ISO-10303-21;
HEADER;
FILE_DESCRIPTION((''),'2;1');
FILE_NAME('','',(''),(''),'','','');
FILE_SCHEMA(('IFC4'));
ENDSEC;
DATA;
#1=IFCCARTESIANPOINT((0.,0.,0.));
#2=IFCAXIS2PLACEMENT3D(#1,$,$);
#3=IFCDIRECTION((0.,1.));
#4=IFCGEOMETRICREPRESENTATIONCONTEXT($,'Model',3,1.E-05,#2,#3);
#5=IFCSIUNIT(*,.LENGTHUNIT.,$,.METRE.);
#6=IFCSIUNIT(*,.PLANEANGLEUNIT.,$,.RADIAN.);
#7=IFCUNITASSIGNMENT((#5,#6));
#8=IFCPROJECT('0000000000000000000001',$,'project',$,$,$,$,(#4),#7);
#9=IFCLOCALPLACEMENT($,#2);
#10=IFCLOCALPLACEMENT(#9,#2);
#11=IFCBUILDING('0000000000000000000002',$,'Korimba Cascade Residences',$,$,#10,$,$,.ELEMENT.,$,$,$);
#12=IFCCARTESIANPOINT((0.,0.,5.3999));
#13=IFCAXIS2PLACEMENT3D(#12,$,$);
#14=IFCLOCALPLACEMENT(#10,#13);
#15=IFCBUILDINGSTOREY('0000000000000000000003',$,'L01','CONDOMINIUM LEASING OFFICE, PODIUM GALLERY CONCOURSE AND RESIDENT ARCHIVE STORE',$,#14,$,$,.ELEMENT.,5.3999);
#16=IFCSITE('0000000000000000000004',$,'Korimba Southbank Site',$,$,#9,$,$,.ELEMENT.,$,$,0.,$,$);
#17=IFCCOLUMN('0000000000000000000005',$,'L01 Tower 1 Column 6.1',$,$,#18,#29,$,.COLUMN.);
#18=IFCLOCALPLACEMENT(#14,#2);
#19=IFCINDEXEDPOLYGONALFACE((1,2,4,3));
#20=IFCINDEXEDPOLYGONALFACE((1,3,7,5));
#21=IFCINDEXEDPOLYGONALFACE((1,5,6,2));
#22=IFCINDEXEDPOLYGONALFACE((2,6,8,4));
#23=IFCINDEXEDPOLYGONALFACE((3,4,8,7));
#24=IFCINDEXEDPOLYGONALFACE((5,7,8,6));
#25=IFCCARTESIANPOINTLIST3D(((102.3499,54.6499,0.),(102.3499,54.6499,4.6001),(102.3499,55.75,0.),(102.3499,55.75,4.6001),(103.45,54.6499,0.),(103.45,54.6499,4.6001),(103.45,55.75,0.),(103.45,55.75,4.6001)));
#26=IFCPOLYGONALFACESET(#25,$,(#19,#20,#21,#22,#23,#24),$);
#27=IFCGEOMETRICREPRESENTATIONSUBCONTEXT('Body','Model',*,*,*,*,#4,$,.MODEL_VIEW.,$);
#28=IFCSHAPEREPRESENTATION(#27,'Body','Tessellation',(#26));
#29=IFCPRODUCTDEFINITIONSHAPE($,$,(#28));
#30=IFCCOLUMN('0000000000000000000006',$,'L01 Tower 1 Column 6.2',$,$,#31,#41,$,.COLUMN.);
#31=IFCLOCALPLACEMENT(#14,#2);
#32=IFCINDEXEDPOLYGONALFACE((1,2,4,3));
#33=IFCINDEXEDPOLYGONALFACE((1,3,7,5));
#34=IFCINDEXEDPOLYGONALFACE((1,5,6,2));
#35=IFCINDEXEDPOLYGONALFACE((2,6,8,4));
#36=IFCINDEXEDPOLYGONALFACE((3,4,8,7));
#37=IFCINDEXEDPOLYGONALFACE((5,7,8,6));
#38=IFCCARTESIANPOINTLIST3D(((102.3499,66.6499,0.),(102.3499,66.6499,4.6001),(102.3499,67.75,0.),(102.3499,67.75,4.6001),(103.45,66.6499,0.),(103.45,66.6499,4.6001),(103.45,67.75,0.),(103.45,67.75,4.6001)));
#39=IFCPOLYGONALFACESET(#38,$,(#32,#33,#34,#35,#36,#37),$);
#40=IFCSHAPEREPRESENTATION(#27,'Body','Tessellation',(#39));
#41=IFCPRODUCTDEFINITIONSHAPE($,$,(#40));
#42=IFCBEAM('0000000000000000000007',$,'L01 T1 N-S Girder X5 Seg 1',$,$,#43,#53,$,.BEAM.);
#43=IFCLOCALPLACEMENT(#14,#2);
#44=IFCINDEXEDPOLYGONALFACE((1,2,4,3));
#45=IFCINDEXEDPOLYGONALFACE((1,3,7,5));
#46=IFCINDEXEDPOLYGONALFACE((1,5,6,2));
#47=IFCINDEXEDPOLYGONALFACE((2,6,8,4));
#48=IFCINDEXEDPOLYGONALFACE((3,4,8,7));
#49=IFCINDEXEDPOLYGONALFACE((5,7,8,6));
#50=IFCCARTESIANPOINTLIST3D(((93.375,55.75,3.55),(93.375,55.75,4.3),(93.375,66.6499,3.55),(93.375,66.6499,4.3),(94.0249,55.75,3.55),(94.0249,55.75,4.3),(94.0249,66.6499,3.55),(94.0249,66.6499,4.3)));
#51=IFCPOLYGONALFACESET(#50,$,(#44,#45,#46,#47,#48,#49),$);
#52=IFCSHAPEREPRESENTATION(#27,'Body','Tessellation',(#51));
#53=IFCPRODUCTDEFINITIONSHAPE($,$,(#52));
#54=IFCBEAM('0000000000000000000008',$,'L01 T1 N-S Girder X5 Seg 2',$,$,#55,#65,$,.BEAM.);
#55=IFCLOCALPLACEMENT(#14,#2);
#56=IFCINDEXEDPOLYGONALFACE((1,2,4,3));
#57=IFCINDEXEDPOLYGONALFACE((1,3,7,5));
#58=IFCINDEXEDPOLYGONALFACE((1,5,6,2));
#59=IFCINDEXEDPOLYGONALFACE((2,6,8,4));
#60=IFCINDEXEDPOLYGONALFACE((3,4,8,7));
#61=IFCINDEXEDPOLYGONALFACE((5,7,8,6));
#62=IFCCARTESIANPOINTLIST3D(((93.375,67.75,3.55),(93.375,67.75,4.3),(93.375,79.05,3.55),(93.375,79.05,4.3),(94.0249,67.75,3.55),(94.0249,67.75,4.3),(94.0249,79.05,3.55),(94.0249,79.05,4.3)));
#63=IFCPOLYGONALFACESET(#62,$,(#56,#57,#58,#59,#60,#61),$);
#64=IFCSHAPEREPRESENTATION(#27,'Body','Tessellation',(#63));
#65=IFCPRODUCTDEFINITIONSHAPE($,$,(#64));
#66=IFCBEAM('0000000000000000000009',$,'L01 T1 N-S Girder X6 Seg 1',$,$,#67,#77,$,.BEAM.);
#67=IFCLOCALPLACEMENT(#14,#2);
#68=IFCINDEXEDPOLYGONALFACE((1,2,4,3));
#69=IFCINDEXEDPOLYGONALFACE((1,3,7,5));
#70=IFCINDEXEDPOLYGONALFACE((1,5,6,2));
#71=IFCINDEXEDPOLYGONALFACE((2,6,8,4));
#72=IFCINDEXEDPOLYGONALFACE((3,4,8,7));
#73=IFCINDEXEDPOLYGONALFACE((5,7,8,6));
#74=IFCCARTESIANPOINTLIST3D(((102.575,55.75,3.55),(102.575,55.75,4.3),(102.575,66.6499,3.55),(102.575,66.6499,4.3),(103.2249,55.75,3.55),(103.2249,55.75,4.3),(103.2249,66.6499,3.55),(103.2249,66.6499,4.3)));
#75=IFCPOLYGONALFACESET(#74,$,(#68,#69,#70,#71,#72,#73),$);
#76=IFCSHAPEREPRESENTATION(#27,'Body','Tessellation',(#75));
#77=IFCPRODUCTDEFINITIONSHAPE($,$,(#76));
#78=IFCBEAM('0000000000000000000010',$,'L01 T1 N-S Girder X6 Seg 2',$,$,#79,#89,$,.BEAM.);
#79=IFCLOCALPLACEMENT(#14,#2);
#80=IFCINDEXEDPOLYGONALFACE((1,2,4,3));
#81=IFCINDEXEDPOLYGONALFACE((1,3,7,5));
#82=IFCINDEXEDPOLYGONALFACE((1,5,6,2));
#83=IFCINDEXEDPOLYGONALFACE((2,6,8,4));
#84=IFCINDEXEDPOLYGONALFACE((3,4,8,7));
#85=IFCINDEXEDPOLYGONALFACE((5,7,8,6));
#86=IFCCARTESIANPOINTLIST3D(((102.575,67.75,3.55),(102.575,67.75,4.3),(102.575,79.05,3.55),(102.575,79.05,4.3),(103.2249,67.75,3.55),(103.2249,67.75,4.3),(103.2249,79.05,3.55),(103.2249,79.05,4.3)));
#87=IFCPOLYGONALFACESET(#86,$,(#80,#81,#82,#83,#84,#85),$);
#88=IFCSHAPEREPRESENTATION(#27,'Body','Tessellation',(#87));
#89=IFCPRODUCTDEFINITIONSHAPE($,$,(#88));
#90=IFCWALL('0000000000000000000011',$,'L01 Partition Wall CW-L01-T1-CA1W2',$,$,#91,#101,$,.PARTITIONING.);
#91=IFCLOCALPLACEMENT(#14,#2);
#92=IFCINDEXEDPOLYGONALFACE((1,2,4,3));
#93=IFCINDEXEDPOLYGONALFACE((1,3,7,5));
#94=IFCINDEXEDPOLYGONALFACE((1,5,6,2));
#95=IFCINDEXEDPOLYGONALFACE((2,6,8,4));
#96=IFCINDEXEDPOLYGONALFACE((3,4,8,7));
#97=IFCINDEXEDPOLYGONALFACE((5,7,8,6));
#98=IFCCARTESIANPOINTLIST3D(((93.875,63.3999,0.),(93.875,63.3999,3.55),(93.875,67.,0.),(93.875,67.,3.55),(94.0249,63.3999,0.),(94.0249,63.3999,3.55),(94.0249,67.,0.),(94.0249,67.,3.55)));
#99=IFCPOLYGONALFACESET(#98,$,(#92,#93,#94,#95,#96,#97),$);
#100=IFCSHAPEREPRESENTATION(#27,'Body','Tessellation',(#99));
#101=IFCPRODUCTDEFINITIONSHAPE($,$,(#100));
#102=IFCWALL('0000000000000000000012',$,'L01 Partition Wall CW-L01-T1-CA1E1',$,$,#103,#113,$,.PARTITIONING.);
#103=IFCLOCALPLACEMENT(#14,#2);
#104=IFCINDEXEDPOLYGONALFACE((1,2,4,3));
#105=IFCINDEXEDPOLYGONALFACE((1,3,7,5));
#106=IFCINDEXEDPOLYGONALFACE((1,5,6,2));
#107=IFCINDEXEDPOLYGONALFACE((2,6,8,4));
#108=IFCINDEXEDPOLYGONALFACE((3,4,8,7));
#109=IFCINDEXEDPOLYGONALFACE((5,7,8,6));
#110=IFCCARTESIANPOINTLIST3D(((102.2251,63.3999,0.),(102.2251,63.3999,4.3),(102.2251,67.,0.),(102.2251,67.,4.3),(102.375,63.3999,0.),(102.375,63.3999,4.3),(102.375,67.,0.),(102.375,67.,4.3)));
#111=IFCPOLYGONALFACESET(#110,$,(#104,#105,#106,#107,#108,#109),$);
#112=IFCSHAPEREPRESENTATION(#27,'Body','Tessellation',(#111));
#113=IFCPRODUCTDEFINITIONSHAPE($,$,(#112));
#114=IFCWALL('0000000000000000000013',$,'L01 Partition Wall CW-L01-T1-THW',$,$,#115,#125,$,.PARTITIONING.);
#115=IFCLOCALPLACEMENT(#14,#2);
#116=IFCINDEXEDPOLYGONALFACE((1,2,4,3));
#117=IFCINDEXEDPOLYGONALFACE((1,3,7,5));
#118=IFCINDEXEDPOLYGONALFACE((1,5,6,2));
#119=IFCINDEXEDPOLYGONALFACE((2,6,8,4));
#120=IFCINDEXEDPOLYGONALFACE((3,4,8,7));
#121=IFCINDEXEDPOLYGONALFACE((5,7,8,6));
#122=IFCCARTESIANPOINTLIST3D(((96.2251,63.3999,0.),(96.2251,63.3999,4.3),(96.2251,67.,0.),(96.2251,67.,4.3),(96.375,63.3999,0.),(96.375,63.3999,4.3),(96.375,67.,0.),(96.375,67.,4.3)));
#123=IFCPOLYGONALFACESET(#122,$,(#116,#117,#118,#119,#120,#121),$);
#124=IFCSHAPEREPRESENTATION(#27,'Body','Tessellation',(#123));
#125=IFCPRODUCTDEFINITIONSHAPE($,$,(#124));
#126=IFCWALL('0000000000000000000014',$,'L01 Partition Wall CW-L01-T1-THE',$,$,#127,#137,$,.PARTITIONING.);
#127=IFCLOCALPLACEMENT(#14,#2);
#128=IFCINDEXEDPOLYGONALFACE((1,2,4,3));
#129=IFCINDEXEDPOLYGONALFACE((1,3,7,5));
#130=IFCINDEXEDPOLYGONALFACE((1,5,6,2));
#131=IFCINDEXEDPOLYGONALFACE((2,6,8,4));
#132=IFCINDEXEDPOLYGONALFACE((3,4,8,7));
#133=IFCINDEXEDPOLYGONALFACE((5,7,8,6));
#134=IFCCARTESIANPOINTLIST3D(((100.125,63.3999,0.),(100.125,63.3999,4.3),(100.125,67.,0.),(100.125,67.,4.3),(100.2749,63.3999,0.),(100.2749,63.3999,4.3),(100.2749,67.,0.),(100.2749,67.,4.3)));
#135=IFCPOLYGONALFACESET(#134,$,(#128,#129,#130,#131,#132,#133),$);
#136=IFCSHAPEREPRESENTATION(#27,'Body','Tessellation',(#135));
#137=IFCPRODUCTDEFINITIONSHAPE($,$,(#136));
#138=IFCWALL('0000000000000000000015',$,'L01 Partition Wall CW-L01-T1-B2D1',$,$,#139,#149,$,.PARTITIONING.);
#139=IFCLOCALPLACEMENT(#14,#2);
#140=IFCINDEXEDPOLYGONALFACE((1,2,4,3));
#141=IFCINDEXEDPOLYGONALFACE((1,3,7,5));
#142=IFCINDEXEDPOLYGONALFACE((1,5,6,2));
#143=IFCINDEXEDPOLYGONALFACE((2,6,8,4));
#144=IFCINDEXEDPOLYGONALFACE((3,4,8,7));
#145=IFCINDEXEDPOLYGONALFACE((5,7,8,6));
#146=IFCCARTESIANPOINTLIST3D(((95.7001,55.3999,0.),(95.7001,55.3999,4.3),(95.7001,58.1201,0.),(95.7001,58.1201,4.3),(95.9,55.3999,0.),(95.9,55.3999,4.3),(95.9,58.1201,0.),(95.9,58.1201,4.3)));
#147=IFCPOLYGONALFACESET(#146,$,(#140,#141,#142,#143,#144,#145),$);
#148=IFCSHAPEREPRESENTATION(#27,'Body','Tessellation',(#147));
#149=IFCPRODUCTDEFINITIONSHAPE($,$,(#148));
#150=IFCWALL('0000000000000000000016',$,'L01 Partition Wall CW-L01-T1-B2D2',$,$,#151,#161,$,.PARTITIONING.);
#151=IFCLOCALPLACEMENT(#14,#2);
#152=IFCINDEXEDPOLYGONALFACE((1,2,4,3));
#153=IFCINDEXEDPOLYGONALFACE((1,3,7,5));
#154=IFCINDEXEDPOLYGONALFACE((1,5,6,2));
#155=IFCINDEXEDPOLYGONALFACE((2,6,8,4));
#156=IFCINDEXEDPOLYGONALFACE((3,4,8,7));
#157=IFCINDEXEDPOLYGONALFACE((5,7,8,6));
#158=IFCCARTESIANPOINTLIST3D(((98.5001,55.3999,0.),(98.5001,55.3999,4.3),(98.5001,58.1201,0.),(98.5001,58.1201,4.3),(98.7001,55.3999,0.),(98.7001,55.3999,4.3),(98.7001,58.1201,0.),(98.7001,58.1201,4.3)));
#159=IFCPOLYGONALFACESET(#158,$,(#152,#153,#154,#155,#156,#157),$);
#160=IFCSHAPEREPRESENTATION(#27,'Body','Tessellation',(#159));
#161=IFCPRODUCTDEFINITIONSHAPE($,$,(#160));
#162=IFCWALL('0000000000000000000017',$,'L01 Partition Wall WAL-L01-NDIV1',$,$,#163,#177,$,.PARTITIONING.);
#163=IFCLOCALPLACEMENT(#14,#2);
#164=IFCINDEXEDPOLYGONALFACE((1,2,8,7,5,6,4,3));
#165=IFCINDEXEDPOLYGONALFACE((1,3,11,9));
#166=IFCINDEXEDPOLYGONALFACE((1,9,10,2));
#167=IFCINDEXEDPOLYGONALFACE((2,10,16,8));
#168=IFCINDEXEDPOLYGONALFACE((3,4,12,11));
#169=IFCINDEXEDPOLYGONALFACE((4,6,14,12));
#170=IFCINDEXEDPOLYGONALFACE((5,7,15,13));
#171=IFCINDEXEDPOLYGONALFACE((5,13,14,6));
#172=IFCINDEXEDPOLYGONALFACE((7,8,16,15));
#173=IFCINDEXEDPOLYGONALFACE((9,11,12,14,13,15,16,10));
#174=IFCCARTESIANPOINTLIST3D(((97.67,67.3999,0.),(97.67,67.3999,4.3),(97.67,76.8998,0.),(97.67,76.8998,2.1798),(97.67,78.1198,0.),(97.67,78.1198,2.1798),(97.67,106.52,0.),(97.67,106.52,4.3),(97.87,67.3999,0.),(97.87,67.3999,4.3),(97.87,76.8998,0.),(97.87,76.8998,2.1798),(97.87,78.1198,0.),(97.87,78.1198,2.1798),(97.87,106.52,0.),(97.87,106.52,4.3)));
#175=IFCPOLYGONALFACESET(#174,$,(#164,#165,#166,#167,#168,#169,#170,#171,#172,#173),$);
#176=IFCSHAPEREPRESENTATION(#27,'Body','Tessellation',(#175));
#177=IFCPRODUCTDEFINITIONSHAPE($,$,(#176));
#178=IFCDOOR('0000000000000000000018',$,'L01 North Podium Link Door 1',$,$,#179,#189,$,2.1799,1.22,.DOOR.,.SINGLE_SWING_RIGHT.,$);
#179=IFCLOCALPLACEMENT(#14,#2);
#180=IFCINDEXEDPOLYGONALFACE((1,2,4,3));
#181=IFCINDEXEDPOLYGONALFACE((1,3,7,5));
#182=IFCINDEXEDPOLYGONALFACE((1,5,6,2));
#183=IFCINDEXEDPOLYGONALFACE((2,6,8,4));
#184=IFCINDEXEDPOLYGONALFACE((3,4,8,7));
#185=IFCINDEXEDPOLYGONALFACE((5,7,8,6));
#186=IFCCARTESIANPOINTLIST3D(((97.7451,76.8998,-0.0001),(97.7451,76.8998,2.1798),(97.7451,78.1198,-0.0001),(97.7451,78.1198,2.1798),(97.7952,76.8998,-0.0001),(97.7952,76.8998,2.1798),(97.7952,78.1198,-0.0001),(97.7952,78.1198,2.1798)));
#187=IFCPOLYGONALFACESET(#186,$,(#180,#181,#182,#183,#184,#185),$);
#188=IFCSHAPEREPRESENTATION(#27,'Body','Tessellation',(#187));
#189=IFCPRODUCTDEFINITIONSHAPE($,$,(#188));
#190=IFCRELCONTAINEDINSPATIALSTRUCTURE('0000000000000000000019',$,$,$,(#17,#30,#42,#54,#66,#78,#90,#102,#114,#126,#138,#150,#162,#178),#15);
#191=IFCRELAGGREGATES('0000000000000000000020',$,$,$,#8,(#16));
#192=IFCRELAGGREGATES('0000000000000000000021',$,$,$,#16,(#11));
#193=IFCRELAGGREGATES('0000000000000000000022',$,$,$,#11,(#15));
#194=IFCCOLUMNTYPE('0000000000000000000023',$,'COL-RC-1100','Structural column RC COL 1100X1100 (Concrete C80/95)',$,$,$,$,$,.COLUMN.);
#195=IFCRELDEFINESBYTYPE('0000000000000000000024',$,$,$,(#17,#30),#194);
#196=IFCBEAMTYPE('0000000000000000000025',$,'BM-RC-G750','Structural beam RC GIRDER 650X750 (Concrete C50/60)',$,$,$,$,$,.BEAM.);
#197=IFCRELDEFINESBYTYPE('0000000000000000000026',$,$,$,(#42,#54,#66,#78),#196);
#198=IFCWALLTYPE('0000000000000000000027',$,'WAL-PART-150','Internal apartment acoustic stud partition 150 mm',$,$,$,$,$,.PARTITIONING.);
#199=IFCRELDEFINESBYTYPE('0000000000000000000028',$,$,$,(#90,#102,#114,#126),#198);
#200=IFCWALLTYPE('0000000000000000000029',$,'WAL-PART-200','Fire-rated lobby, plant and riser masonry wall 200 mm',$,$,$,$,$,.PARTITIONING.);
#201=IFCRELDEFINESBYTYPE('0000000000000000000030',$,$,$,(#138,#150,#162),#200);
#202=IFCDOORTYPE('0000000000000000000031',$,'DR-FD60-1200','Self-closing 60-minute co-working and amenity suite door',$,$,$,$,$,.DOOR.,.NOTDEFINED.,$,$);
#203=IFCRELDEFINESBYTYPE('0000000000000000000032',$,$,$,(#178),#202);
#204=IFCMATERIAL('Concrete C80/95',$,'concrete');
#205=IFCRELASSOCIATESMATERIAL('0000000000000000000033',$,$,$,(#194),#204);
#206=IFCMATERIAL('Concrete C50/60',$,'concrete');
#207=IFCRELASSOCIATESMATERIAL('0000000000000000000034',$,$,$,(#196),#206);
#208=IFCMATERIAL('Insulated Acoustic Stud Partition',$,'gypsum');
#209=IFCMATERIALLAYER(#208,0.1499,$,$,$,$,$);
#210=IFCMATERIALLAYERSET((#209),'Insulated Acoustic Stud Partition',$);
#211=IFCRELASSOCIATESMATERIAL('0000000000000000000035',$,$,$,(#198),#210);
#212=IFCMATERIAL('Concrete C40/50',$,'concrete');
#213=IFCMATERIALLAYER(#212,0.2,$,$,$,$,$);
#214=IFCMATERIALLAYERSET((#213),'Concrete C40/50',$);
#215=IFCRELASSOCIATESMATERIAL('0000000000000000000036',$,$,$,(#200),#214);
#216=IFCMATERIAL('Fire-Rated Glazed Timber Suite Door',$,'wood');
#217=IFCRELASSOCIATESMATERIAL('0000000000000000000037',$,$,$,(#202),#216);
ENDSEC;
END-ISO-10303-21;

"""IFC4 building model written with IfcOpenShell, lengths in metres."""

from ifc_helpers import new_model, si_unit, direction, frame, frame_2d, origin, origin_2d, place, context, subcontext, project, spatial, rectangle, extrude, material, layer, layer_set, material_profile, profile_set, type_object, element, fill, save


model = new_model("IFC4")

# Units and contexts
model_context = context("Model", 3, precision=1e-05, world=origin(), true_north=direction((0.0, 1.0)))
body_context = subcontext(model_context, "Body", "Model", "MODEL_VIEW")
ifc_project = project(units=[si_unit("LENGTHUNIT", "METRE"), si_unit("PLANEANGLEUNIT", "RADIAN")], contexts=[model_context])

# Site, building, storey
site_placement = place(None, origin())
site = spatial("IfcSite", under=ifc_project, at=site_placement, Name="Korimba Southbank Site", CompositionType="ELEMENT", RefElevation=0.0)
building_placement = place(site_placement, origin())
building = spatial("IfcBuilding", under=site, at=building_placement, Name="Korimba Cascade Residences", CompositionType="ELEMENT")
storey_placement = place(building_placement, frame((0.0, 0.0, 5.3999)))
storey = spatial("IfcBuildingStorey", under=building, at=storey_placement, Name="L01", Description="CONDOMINIUM LEASING OFFICE, PODIUM GALLERY CONCOURSE AND RESIDENT ARCHIVE STORE", CompositionType="ELEMENT", Elevation=5.3999)

# Columns
ifc_material_1 = material(Name="Concrete C80/95", Category="concrete")
ifc_material_profile_1 = material_profile(ifc_material_1, rectangle(XDim=1.1001, YDim=1.1001, at=origin_2d()), Name="Concrete C80/95")
ifc_profile_set_1 = profile_set([ifc_material_profile_1], Name="Concrete C80/95")
column_type = type_object("IfcColumnType", Name="COL-RC-1100", Description="Structural column RC COL 1100X1100 (Concrete C80/95)", PredefinedType="COLUMN", material=ifc_profile_set_1)
for number, where, z_axis, x_axis, name in (
    (1, (102.8999, 55.2, 0.0), (0.0, 0.0, 1.0), (1.0, 0.0, 0.0), "L01 Tower 1 Column 6.1"),
    (2, (102.8999, 67.2, 0.0), (0.0, 0.0, 1.0), (1.0, 0.0, 0.0), "L01 Tower 1 Column 6.2"),
):
    element("IfcColumn", number, at=place(storey_placement, frame(where, z_axis=z_axis, x_axis=x_axis)), inside=storey, type_object=column_type, Name=name, PredefinedType="COLUMN", context=body_context, shape_type="SweptSolid", body=[
        extrude(rectangle(XDim=1.1001, YDim=1.1001, at=origin_2d()), origin(), (0.0, 0.0, 1.0), 4.6001),
    ])

# Beams
ifc_material_2 = material(Name="Concrete C50/60", Category="concrete")
ifc_material_profile_2 = material_profile(ifc_material_2, rectangle(XDim=0.6499, YDim=0.75, at=origin_2d()), Name="Concrete C50/60")
ifc_profile_set_2 = profile_set([ifc_material_profile_2], Name="Concrete C50/60")
beam_type = type_object("IfcBeamType", Name="BM-RC-G750", Description="Structural beam RC GIRDER 650X750 (Concrete C50/60)", PredefinedType="BEAM", material=ifc_profile_set_2)
beam_1_placement = place(storey_placement, frame((93.7, 55.75, 3.925), z_axis=(0.0, 1.0, 0.0), x_axis=(-1.0, 0.0, 0.0)))
element("IfcBeam", 3, at=beam_1_placement, inside=storey, type_object=beam_type, Name="L01 T1 N-S Girder X5 Seg 1", PredefinedType="BEAM", context=body_context, shape_type="SweptSolid", body=[
    extrude(rectangle(XDim=0.6499, YDim=0.75, at=origin_2d()), origin(), (0.0, 0.0, 1.0), 10.8999),
])
beam_2_placement = place(storey_placement, frame((93.7, 67.75, 3.925), z_axis=(0.0, 1.0, 0.0), x_axis=(-1.0, 0.0, 0.0)))
element("IfcBeam", 4, at=beam_2_placement, inside=storey, type_object=beam_type, Name="L01 T1 N-S Girder X5 Seg 2", PredefinedType="BEAM", context=body_context, shape_type="SweptSolid", body=[
    extrude(rectangle(XDim=0.6499, YDim=0.75, at=origin_2d()), origin(), (0.0, 0.0, 1.0), 11.3),
])
beam_3_placement = place(storey_placement, frame((102.8999, 55.75, 3.925), z_axis=(0.0, 1.0, 0.0), x_axis=(-1.0, 0.0, 0.0)))
element("IfcBeam", 5, at=beam_3_placement, inside=storey, type_object=beam_type, Name="L01 T1 N-S Girder X6 Seg 1", PredefinedType="BEAM", context=body_context, shape_type="SweptSolid", body=[
    extrude(rectangle(XDim=0.6499, YDim=0.75, at=origin_2d()), origin(), (0.0, 0.0, 1.0), 10.8999),
])
beam_4_placement = place(storey_placement, frame((102.8999, 67.75, 3.925), z_axis=(0.0, 1.0, 0.0), x_axis=(-1.0, 0.0, 0.0)))
element("IfcBeam", 6, at=beam_4_placement, inside=storey, type_object=beam_type, Name="L01 T1 N-S Girder X6 Seg 2", PredefinedType="BEAM", context=body_context, shape_type="SweptSolid", body=[
    extrude(rectangle(XDim=0.6499, YDim=0.75, at=origin_2d()), origin(), (0.0, 0.0, 1.0), 11.3),
])

# Walls
ifc_material_3 = material(Name="Insulated Acoustic Stud Partition", Category="gypsum")
ifc_layer_1 = layer(ifc_material_3, 0.1499)
ifc_layer_set_1 = layer_set([ifc_layer_1], Name="Insulated Acoustic Stud Partition")
wall_type_1 = type_object("IfcWallType", Name="WAL-PART-150", Description="Internal apartment acoustic stud partition 150 mm", PredefinedType="PARTITIONING", material=ifc_layer_set_1)
wall_1_placement = place(storey_placement, frame((93.95, 63.3999, 0.0), z_axis=(0.0, 0.0, 1.0), x_axis=(0.0, 1.0, 0.0)))
element("IfcWall", 7, at=wall_1_placement, inside=storey, type_object=wall_type_1, Name="L01 Partition Wall CW-L01-T1-CA1W2", PredefinedType="PARTITIONING", context=body_context, shape_type="SweptSolid", body=[
    extrude(rectangle(XDim=3.6001, YDim=0.1499, at=frame_2d((1.8, 0.0))), origin(), (0.0, 0.0, 1.0), 3.55),
])
for number, where, z_axis, x_axis, name in (
    (8, (102.3, 63.3999, 0.0), (0.0, 0.0, 1.0), (0.0, 1.0, 0.0), "L01 Partition Wall CW-L01-T1-CA1E1"),
    (9, (96.3, 63.3999, 0.0), (0.0, 0.0, 1.0), (0.0, 1.0, 0.0), "L01 Partition Wall CW-L01-T1-THW"),
    (10, (100.2, 63.3999, 0.0), (0.0, 0.0, 1.0), (0.0, 1.0, 0.0), "L01 Partition Wall CW-L01-T1-THE"),
):
    element("IfcWall", number, at=place(storey_placement, frame(where, z_axis=z_axis, x_axis=x_axis)), inside=storey, type_object=wall_type_1, Name=name, PredefinedType="PARTITIONING", context=body_context, shape_type="SweptSolid", body=[
        extrude(rectangle(XDim=3.6001, YDim=0.1499, at=frame_2d((1.8, 0.0))), origin(), (0.0, 0.0, 1.0), 4.3),
    ])
ifc_material_4 = material(Name="Concrete C40/50", Category="concrete")
ifc_layer_2 = layer(ifc_material_4, 0.2)
ifc_layer_set_2 = layer_set([ifc_layer_2], Name="Concrete C40/50")
wall_type_2 = type_object("IfcWallType", Name="WAL-PART-200", Description="Fire-rated lobby, plant and riser masonry wall 200 mm", PredefinedType="PARTITIONING", material=ifc_layer_set_2)
for number, where, z_axis, x_axis, name in (
    (11, (95.8, 55.3999, 0.0), (0.0, 0.0, 1.0), (0.0, 1.0, 0.0), "L01 Partition Wall CW-L01-T1-B2D1"),
    (12, (98.6001, 55.3999, 0.0), (0.0, 0.0, 1.0), (0.0, 1.0, 0.0), "L01 Partition Wall CW-L01-T1-B2D2"),
):
    element("IfcWall", number, at=place(storey_placement, frame(where, z_axis=z_axis, x_axis=x_axis)), inside=storey, type_object=wall_type_2, Name=name, PredefinedType="PARTITIONING", context=body_context, shape_type="SweptSolid", body=[
        extrude(rectangle(XDim=2.7202, YDim=0.2, at=frame_2d((1.3601, 0.0))), origin(), (0.0, 0.0, 1.0), 4.3),
    ])

# Wall, opening, door
wall_2_placement = place(storey_placement, frame((97.77, 67.3999, 0.0), z_axis=(0.0, 0.0, 1.0), x_axis=(0.0, 1.0, 0.0)))
wall_2 = element("IfcWall", 13, at=wall_2_placement, inside=storey, type_object=wall_type_2, Name="L01 Partition Wall WAL-L01-NDIV1", PredefinedType="PARTITIONING", context=body_context, shape_type="SweptSolid", body=[
    extrude(rectangle(XDim=39.1201, YDim=0.2, at=frame_2d((19.5601, 0.0))), origin(), (0.0, 0.0, 1.0), 4.3),
])
opening_placement = place(wall_2_placement, frame((9.5, 0.0, 0.0)))
opening = element("IfcOpeningElement", 14, at=opening_placement, cuts=wall_2, PredefinedType="OPENING", context=body_context, shape_type="SweptSolid", body=[
    extrude(rectangle(XDim=1.22, YDim=2.1799, at=frame_2d((0.6099, 1.0898))), frame((0.0, 0.1099, 0.0), z_axis=(0.0, -1.0, 0.0), x_axis=(1.0, 0.0, 0.0)), (0.0, 0.0, 1.0), 0.22),
])
ifc_material_5 = material(Name="Fire-Rated Glazed Timber Suite Door", Category="wood")
door_type = type_object("IfcDoorType", Name="DR-FD60-1200", Description="Self-closing 60-minute co-working and amenity suite door", OperationType="NOTDEFINED", PredefinedType="DOOR", material=ifc_material_5)
door_placement = place(opening_placement, origin())
door = element("IfcDoor", 15, at=door_placement, inside=storey, type_object=door_type, Name="L01 North Podium Link Door 1", OperationType="SINGLE_SWING_RIGHT", OverallHeight=2.1799, OverallWidth=1.22, PredefinedType="DOOR", context=body_context, shape_type="SweptSolid", body=[
    extrude(rectangle(XDim=1.22, YDim=2.1799, at=frame_2d((0.6099, 1.0898))), frame((0.0, 0.0249, 0.0), z_axis=(0.0, -1.0, 0.0), x_axis=(1.0, 0.0, 0.0)), (0.0, 0.0, 1.0), 0.05),
])
fill(opening, door)

save(model, "model.ifc")
